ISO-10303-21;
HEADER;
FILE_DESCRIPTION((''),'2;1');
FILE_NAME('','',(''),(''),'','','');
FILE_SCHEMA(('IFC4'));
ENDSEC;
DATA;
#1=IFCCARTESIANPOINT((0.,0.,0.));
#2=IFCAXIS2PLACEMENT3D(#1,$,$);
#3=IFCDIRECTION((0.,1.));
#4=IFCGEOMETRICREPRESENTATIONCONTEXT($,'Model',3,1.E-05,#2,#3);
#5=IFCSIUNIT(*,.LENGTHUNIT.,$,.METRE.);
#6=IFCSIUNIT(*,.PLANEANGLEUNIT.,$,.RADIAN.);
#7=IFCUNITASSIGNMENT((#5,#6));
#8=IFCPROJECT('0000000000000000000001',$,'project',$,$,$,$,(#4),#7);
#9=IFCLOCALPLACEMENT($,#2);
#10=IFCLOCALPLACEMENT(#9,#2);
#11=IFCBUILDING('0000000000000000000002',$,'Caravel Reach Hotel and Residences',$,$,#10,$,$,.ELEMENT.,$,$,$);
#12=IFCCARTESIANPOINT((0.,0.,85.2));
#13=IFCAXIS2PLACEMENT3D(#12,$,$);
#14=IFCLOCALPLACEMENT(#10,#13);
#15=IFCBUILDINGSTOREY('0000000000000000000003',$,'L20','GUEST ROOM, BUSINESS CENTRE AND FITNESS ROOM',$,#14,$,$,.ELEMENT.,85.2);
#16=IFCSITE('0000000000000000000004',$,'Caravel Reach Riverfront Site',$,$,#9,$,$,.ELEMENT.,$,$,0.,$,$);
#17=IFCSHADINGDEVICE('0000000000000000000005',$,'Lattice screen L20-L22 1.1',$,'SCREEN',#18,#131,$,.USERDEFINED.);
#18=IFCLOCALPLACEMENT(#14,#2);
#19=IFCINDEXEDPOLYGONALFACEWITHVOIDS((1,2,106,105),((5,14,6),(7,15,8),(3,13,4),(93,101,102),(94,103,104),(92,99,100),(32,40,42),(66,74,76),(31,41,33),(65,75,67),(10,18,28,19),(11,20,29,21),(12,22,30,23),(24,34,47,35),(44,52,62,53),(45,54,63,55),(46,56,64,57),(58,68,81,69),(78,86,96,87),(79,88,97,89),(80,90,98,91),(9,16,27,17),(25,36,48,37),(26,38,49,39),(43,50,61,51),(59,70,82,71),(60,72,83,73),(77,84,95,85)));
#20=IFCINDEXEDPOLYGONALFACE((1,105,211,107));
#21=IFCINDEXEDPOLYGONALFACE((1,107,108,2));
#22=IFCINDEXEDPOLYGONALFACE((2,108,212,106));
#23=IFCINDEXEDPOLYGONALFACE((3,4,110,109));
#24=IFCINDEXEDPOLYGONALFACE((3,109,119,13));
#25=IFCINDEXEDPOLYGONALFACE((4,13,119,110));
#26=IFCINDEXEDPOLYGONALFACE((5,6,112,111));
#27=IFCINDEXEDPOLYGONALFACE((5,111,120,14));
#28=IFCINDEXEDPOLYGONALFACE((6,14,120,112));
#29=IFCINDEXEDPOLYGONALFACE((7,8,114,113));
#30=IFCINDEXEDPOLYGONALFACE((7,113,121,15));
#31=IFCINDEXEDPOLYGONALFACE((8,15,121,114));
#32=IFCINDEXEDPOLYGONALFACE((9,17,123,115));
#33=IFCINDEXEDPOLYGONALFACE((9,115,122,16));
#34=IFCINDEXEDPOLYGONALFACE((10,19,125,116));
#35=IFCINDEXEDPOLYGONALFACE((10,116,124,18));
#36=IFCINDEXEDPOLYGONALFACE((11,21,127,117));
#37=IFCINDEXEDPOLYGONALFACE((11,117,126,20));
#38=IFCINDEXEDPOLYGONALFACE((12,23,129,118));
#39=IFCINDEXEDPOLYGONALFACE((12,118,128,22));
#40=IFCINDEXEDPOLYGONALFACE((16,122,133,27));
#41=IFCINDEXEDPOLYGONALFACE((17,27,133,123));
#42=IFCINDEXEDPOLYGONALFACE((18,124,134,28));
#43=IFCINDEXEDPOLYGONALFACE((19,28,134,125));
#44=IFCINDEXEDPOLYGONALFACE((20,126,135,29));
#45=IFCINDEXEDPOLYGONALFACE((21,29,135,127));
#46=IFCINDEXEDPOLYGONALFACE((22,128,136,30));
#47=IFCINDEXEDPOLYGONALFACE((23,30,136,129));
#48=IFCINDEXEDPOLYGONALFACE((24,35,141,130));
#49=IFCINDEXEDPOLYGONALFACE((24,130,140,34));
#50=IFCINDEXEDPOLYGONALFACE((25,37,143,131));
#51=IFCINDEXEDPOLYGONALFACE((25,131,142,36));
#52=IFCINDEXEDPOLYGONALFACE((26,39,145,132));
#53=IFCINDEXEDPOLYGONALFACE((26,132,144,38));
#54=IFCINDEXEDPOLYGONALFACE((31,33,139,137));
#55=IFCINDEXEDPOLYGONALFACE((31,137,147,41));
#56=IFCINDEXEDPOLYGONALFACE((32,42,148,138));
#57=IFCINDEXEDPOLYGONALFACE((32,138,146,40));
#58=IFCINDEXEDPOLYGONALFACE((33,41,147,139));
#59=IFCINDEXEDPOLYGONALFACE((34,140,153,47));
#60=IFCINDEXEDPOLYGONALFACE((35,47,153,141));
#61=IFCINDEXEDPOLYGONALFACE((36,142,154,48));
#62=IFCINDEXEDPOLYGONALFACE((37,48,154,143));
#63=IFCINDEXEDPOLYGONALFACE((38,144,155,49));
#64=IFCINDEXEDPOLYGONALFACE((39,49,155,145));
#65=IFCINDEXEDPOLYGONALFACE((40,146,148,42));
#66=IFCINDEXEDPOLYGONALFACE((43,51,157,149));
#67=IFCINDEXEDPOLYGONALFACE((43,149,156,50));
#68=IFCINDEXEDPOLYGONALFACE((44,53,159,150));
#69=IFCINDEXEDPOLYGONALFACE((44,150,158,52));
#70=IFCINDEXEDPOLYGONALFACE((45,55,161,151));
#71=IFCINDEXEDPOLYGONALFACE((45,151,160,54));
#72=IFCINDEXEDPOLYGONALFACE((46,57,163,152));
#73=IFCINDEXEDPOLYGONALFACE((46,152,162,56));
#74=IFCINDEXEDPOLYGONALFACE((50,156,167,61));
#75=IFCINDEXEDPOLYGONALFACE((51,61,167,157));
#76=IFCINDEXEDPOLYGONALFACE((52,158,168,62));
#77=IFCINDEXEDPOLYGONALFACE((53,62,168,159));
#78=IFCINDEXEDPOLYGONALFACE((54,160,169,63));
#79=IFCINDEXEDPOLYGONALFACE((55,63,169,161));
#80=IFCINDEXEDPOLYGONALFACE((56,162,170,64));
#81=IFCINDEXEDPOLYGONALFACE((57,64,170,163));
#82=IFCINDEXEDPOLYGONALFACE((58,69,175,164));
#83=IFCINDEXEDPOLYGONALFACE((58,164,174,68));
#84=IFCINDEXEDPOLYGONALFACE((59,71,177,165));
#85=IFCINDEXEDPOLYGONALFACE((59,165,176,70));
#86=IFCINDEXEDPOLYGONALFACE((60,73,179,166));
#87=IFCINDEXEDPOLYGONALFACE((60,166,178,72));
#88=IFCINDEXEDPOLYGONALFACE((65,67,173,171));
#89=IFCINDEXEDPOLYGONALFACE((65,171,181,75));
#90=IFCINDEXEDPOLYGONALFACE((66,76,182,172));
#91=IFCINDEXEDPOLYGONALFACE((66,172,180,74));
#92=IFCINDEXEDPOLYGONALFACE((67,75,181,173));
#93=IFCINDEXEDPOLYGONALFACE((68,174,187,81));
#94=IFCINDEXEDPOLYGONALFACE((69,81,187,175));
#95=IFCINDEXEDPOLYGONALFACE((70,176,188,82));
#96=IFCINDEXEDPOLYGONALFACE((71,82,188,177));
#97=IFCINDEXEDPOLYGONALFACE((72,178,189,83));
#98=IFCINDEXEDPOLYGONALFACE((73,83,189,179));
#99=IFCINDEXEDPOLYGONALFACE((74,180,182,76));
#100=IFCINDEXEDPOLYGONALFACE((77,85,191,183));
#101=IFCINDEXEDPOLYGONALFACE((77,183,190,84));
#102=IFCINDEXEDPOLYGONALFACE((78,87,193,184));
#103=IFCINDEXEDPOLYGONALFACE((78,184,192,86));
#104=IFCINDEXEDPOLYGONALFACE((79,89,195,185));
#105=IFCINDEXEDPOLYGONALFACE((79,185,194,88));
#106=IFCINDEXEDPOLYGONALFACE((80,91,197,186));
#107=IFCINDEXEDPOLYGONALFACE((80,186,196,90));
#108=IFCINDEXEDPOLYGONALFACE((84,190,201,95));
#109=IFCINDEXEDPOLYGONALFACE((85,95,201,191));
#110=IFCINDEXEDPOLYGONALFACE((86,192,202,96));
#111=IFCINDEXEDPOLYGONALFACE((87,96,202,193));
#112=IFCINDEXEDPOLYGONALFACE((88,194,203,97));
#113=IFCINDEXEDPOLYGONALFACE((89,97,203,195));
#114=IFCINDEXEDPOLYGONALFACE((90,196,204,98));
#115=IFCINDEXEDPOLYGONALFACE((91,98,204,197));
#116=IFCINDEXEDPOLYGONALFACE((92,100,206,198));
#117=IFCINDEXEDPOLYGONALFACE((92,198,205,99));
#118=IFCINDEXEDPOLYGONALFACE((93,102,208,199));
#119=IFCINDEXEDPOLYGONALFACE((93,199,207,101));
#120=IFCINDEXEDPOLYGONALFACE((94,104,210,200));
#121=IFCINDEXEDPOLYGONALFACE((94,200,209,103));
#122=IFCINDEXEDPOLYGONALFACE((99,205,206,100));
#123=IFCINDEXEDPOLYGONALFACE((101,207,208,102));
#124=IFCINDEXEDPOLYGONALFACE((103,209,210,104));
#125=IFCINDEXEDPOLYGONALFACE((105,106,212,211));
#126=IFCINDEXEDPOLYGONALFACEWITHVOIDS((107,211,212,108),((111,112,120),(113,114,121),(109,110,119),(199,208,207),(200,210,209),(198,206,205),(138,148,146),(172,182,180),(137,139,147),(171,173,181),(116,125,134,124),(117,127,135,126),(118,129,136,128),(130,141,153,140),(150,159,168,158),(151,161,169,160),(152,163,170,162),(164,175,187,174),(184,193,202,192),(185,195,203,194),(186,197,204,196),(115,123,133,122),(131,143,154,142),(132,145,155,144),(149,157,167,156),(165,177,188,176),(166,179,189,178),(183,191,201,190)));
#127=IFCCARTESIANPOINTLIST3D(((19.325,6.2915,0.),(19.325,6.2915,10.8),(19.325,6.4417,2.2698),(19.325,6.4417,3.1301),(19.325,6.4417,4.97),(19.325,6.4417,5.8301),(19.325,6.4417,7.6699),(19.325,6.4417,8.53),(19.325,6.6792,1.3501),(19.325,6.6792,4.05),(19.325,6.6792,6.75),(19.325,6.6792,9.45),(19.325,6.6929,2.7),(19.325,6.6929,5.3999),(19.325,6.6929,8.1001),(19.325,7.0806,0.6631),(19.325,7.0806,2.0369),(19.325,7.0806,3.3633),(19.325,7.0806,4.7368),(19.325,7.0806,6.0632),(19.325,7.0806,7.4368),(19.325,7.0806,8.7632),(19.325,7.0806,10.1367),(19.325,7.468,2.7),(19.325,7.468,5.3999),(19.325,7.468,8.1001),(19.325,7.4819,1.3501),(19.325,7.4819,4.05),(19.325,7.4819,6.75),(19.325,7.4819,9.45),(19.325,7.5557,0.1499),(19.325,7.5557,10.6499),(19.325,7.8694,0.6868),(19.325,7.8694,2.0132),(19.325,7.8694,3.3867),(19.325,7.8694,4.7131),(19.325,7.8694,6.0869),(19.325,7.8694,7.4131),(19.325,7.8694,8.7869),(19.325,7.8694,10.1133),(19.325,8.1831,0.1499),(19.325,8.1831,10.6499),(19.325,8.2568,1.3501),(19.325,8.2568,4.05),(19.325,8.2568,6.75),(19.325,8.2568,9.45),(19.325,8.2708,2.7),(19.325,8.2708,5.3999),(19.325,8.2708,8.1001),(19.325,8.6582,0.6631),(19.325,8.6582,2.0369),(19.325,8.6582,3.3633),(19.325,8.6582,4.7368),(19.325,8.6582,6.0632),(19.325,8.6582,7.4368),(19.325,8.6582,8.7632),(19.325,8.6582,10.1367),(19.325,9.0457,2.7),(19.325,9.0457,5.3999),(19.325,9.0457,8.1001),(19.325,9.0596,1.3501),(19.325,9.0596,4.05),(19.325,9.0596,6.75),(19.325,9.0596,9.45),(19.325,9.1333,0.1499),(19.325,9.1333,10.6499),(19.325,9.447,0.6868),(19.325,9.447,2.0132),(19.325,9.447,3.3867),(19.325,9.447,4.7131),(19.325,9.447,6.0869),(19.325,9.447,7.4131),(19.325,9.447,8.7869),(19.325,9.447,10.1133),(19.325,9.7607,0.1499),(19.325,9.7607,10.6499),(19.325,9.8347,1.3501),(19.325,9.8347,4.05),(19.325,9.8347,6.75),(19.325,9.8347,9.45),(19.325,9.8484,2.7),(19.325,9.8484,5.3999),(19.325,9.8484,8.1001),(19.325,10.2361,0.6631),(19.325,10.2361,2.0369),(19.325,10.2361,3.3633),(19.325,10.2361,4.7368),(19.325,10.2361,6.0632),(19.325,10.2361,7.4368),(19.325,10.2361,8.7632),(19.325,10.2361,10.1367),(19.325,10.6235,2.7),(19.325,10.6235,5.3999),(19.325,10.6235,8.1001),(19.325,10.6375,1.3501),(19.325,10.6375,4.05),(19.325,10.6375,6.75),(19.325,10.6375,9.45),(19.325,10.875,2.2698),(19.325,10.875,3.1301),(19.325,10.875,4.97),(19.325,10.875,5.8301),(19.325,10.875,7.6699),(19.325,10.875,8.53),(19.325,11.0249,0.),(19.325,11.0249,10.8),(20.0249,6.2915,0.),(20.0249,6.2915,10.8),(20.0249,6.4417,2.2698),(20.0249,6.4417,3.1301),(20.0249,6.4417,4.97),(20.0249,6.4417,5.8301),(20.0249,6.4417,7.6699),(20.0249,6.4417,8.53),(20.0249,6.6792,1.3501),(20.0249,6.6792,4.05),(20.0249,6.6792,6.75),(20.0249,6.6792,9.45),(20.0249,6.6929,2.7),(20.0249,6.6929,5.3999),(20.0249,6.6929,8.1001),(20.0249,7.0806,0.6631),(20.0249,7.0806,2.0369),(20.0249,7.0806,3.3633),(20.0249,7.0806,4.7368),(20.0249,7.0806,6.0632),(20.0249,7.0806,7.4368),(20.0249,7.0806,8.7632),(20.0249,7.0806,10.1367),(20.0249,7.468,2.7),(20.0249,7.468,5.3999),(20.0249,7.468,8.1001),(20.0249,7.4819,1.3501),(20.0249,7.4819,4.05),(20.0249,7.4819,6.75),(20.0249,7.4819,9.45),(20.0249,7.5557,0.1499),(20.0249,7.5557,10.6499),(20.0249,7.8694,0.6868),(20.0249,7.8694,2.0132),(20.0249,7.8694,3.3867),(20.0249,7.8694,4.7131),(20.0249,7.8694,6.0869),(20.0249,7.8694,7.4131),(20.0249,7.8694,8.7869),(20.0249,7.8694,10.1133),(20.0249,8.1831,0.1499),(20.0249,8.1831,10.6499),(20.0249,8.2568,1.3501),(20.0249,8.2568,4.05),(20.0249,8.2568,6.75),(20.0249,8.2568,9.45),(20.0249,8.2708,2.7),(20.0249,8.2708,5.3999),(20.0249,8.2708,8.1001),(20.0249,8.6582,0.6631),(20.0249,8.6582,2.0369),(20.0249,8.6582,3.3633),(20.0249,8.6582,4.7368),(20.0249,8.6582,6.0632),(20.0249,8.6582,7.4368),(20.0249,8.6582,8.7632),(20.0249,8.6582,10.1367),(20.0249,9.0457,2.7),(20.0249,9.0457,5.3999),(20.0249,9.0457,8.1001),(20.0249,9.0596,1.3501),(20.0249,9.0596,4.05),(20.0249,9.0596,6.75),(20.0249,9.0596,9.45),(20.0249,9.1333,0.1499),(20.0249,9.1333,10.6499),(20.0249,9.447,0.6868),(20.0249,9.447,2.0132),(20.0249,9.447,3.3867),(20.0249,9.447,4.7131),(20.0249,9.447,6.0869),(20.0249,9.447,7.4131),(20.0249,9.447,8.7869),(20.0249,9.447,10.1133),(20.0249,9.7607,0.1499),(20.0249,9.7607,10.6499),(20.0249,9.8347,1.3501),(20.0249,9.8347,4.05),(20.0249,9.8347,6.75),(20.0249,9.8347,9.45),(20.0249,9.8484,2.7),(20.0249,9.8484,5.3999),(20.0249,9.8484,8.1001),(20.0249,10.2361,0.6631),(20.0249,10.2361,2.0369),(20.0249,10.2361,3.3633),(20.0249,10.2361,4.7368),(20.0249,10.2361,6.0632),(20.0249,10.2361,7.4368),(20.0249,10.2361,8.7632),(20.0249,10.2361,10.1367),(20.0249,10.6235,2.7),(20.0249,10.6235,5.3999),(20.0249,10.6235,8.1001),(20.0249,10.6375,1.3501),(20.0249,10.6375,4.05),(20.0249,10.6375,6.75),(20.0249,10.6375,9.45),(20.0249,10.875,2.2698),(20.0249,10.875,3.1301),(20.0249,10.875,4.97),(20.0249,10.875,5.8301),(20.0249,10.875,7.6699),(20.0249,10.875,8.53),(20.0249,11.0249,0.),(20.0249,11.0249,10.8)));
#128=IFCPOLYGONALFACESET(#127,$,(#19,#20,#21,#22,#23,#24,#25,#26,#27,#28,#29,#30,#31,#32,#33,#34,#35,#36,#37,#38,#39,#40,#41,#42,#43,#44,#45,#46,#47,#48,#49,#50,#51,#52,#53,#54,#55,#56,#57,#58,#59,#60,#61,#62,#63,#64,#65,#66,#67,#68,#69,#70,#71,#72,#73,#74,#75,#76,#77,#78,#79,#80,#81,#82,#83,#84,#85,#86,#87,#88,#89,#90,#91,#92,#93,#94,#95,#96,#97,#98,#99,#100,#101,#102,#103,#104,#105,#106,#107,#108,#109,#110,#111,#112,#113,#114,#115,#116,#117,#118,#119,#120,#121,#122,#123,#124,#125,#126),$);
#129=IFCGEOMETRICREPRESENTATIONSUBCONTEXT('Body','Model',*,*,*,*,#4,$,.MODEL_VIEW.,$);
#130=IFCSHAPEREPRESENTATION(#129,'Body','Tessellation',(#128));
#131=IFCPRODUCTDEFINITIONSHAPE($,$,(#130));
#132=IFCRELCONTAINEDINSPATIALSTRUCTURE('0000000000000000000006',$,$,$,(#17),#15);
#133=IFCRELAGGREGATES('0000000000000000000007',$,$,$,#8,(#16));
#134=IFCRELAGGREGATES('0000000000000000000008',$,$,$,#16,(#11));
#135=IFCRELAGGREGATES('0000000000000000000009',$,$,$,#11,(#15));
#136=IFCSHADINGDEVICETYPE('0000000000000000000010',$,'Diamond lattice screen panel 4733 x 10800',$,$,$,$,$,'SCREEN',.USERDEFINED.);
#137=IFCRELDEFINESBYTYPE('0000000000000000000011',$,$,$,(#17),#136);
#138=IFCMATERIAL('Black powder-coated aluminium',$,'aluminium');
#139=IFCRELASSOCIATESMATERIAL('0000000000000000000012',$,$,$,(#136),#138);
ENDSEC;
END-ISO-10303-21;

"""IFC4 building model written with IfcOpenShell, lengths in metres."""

from ifc_helpers import new_model, si_unit, direction, frame, origin, place, context, subcontext, project, spatial, polyline, outline, extrude, material, type_object, element, save


model = new_model("IFC4")

# Units and contexts
model_context = context("Model", 3, precision=1e-05, world=origin(), true_north=direction((0.0, 1.0)))
body_context = subcontext(model_context, "Body", "Model", "MODEL_VIEW")
ifc_project = project(units=[si_unit("LENGTHUNIT", "METRE"), si_unit("PLANEANGLEUNIT", "RADIAN")], contexts=[model_context])

# Site, building, storey
site_placement = place(None, origin())
site = spatial("IfcSite", under=ifc_project, at=site_placement, Name="Caravel Reach Riverfront Site", CompositionType="ELEMENT", RefElevation=0.0)
building_placement = place(site_placement, origin())
building = spatial("IfcBuilding", under=site, at=building_placement, Name="Caravel Reach Hotel and Residences", CompositionType="ELEMENT")
storey_placement = place(building_placement, frame((0.0, 0.0, 85.2)))
storey = spatial("IfcBuildingStorey", under=building, at=storey_placement, Name="L20", Description="GUEST ROOM, BUSINESS CENTRE AND FITNESS ROOM", CompositionType="ELEMENT", Elevation=85.2)

# Shading device
ifc_material_1 = material(Name="Black powder-coated aluminium", Category="aluminium")
shading_device_type = type_object("IfcShadingDeviceType", Name="Diamond lattice screen panel 4733 x 10800", ElementType="SCREEN", PredefinedType="USERDEFINED", material=ifc_material_1)
shading_device_1_placement = place(storey_placement, frame((20.0249, 11.0249, 0.0), z_axis=(-1.0, 0.0, 0.0), x_axis=(0.0, -1.0, 0.0)))
element("IfcShadingDevice", 1, at=shading_device_1_placement, inside=storey, type_object=shading_device_type, Name="Lattice screen L20-L22 1.1", ObjectType="SCREEN", PredefinedType="USERDEFINED", context=body_context, shape_type="SweptSolid", body=[
    extrude(outline(polyline([(0.0, 0.0), (4.7334, 0.0), (4.7334, 10.8), (0.0, 10.8), (0.0, 0.0)]), holes=[polyline([(0.4014, 2.7), (0.1499, 3.1301), (0.1499, 2.2698), (0.4014, 2.7)]), polyline([(0.4014, 5.3999), (0.1499, 5.8301), (0.1499, 4.97), (0.4014, 5.3999)]), polyline([(0.4014, 8.1001), (0.1499, 8.53), (0.1499, 7.6699), (0.4014, 8.1001)]), polyline([(0.7888, 2.0369), (0.3875, 1.3501), (0.7888, 0.6631), (1.1902, 1.3501), (0.7888, 2.0369)]), polyline([(0.7888, 4.7368), (0.3875, 4.05), (0.7888, 3.3633), (1.1902, 4.05), (0.7888, 4.7368)]), polyline([(0.7888, 7.4368), (0.3875, 6.75), (0.7888, 6.0632), (1.1902, 6.75), (0.7888, 7.4368)]), polyline([(0.7888, 10.1367), (0.3875, 9.45), (0.7888, 8.7632), (1.1902, 9.45), (0.7888, 10.1367)]), polyline([(1.5779, 0.6868), (1.2642, 0.1499), (1.8916, 0.1499), (1.5779, 0.6868)]), polyline([(1.5779, 3.3867), (1.1765, 2.7), (1.5779, 2.0132), (1.9792, 2.7), (1.5779, 3.3867)]), polyline([(1.5779, 6.0869), (1.1765, 5.3999), (1.5779, 4.7131), (1.9792, 5.3999), (1.5779, 6.0869)]), polyline([(1.5779, 8.7869), (1.1765, 8.1001), (1.5779, 7.4131), (1.9792, 8.1001), (1.5779, 8.7869)]), polyline([(1.5779, 10.1133), (1.8916, 10.6499), (1.2642, 10.6499), (1.5779, 10.1133)]), polyline([(2.3667, 2.0369), (1.9653, 1.3501), (2.3667, 0.6631), (2.7681, 1.3501), (2.3667, 2.0369)]), polyline([(2.3667, 4.7368), (1.9653, 4.05), (2.3667, 3.3633), (2.7681, 4.05), (2.3667, 4.7368)]), polyline([(2.3667, 7.4368), (1.9653, 6.75), (2.3667, 6.0632), (2.7681, 6.75), (2.3667, 7.4368)]), polyline([(2.3667, 10.1367), (1.9653, 9.45), (2.3667, 8.7632), (2.7681, 9.45), (2.3667, 10.1367)]), polyline([(3.1555, 0.6868), (2.8418, 0.1499), (3.4692, 0.1499), (3.1555, 0.6868)]), polyline([(3.1555, 3.3867), (2.7542, 2.7), (3.1555, 2.0132), (3.5569, 2.7), (3.1555, 3.3867)]), polyline([(3.1555, 6.0869), (2.7542, 5.3999), (3.1555, 4.7131), (3.5569, 5.3999), (3.1555, 6.0869)]), polyline([(3.1555, 8.7869), (2.7542, 8.1001), (3.1555, 7.4131), (3.5569, 8.1001), (3.1555, 8.7869)]), polyline([(3.1555, 10.1133), (3.4692, 10.6499), (2.8418, 10.6499), (3.1555, 10.1133)]), polyline([(3.9443, 2.0369), (3.543, 1.3501), (3.9443, 0.6631), (4.3457, 1.3501), (3.9443, 2.0369)]), polyline([(3.9443, 4.7368), (3.543, 4.05), (3.9443, 3.3633), (4.3457, 4.05), (3.9443, 4.7368)]), polyline([(3.9443, 7.4368), (3.543, 6.75), (3.9443, 6.0632), (4.3457, 6.75), (3.9443, 7.4368)]), polyline([(3.9443, 10.1367), (3.543, 9.45), (3.9443, 8.7632), (4.3457, 9.45), (3.9443, 10.1367)]), polyline([(4.332, 2.7), (4.5833, 2.2698), (4.5833, 3.1301), (4.332, 2.7)]), polyline([(4.332, 5.3999), (4.5833, 4.97), (4.5833, 5.8301), (4.332, 5.3999)]), polyline([(4.332, 8.1001), (4.5833, 7.6699), (4.5833, 8.53), (4.332, 8.1001)])]), origin(), (0.0, 0.0, 1.0), 0.7),
])

save(model, "model.ifc")
